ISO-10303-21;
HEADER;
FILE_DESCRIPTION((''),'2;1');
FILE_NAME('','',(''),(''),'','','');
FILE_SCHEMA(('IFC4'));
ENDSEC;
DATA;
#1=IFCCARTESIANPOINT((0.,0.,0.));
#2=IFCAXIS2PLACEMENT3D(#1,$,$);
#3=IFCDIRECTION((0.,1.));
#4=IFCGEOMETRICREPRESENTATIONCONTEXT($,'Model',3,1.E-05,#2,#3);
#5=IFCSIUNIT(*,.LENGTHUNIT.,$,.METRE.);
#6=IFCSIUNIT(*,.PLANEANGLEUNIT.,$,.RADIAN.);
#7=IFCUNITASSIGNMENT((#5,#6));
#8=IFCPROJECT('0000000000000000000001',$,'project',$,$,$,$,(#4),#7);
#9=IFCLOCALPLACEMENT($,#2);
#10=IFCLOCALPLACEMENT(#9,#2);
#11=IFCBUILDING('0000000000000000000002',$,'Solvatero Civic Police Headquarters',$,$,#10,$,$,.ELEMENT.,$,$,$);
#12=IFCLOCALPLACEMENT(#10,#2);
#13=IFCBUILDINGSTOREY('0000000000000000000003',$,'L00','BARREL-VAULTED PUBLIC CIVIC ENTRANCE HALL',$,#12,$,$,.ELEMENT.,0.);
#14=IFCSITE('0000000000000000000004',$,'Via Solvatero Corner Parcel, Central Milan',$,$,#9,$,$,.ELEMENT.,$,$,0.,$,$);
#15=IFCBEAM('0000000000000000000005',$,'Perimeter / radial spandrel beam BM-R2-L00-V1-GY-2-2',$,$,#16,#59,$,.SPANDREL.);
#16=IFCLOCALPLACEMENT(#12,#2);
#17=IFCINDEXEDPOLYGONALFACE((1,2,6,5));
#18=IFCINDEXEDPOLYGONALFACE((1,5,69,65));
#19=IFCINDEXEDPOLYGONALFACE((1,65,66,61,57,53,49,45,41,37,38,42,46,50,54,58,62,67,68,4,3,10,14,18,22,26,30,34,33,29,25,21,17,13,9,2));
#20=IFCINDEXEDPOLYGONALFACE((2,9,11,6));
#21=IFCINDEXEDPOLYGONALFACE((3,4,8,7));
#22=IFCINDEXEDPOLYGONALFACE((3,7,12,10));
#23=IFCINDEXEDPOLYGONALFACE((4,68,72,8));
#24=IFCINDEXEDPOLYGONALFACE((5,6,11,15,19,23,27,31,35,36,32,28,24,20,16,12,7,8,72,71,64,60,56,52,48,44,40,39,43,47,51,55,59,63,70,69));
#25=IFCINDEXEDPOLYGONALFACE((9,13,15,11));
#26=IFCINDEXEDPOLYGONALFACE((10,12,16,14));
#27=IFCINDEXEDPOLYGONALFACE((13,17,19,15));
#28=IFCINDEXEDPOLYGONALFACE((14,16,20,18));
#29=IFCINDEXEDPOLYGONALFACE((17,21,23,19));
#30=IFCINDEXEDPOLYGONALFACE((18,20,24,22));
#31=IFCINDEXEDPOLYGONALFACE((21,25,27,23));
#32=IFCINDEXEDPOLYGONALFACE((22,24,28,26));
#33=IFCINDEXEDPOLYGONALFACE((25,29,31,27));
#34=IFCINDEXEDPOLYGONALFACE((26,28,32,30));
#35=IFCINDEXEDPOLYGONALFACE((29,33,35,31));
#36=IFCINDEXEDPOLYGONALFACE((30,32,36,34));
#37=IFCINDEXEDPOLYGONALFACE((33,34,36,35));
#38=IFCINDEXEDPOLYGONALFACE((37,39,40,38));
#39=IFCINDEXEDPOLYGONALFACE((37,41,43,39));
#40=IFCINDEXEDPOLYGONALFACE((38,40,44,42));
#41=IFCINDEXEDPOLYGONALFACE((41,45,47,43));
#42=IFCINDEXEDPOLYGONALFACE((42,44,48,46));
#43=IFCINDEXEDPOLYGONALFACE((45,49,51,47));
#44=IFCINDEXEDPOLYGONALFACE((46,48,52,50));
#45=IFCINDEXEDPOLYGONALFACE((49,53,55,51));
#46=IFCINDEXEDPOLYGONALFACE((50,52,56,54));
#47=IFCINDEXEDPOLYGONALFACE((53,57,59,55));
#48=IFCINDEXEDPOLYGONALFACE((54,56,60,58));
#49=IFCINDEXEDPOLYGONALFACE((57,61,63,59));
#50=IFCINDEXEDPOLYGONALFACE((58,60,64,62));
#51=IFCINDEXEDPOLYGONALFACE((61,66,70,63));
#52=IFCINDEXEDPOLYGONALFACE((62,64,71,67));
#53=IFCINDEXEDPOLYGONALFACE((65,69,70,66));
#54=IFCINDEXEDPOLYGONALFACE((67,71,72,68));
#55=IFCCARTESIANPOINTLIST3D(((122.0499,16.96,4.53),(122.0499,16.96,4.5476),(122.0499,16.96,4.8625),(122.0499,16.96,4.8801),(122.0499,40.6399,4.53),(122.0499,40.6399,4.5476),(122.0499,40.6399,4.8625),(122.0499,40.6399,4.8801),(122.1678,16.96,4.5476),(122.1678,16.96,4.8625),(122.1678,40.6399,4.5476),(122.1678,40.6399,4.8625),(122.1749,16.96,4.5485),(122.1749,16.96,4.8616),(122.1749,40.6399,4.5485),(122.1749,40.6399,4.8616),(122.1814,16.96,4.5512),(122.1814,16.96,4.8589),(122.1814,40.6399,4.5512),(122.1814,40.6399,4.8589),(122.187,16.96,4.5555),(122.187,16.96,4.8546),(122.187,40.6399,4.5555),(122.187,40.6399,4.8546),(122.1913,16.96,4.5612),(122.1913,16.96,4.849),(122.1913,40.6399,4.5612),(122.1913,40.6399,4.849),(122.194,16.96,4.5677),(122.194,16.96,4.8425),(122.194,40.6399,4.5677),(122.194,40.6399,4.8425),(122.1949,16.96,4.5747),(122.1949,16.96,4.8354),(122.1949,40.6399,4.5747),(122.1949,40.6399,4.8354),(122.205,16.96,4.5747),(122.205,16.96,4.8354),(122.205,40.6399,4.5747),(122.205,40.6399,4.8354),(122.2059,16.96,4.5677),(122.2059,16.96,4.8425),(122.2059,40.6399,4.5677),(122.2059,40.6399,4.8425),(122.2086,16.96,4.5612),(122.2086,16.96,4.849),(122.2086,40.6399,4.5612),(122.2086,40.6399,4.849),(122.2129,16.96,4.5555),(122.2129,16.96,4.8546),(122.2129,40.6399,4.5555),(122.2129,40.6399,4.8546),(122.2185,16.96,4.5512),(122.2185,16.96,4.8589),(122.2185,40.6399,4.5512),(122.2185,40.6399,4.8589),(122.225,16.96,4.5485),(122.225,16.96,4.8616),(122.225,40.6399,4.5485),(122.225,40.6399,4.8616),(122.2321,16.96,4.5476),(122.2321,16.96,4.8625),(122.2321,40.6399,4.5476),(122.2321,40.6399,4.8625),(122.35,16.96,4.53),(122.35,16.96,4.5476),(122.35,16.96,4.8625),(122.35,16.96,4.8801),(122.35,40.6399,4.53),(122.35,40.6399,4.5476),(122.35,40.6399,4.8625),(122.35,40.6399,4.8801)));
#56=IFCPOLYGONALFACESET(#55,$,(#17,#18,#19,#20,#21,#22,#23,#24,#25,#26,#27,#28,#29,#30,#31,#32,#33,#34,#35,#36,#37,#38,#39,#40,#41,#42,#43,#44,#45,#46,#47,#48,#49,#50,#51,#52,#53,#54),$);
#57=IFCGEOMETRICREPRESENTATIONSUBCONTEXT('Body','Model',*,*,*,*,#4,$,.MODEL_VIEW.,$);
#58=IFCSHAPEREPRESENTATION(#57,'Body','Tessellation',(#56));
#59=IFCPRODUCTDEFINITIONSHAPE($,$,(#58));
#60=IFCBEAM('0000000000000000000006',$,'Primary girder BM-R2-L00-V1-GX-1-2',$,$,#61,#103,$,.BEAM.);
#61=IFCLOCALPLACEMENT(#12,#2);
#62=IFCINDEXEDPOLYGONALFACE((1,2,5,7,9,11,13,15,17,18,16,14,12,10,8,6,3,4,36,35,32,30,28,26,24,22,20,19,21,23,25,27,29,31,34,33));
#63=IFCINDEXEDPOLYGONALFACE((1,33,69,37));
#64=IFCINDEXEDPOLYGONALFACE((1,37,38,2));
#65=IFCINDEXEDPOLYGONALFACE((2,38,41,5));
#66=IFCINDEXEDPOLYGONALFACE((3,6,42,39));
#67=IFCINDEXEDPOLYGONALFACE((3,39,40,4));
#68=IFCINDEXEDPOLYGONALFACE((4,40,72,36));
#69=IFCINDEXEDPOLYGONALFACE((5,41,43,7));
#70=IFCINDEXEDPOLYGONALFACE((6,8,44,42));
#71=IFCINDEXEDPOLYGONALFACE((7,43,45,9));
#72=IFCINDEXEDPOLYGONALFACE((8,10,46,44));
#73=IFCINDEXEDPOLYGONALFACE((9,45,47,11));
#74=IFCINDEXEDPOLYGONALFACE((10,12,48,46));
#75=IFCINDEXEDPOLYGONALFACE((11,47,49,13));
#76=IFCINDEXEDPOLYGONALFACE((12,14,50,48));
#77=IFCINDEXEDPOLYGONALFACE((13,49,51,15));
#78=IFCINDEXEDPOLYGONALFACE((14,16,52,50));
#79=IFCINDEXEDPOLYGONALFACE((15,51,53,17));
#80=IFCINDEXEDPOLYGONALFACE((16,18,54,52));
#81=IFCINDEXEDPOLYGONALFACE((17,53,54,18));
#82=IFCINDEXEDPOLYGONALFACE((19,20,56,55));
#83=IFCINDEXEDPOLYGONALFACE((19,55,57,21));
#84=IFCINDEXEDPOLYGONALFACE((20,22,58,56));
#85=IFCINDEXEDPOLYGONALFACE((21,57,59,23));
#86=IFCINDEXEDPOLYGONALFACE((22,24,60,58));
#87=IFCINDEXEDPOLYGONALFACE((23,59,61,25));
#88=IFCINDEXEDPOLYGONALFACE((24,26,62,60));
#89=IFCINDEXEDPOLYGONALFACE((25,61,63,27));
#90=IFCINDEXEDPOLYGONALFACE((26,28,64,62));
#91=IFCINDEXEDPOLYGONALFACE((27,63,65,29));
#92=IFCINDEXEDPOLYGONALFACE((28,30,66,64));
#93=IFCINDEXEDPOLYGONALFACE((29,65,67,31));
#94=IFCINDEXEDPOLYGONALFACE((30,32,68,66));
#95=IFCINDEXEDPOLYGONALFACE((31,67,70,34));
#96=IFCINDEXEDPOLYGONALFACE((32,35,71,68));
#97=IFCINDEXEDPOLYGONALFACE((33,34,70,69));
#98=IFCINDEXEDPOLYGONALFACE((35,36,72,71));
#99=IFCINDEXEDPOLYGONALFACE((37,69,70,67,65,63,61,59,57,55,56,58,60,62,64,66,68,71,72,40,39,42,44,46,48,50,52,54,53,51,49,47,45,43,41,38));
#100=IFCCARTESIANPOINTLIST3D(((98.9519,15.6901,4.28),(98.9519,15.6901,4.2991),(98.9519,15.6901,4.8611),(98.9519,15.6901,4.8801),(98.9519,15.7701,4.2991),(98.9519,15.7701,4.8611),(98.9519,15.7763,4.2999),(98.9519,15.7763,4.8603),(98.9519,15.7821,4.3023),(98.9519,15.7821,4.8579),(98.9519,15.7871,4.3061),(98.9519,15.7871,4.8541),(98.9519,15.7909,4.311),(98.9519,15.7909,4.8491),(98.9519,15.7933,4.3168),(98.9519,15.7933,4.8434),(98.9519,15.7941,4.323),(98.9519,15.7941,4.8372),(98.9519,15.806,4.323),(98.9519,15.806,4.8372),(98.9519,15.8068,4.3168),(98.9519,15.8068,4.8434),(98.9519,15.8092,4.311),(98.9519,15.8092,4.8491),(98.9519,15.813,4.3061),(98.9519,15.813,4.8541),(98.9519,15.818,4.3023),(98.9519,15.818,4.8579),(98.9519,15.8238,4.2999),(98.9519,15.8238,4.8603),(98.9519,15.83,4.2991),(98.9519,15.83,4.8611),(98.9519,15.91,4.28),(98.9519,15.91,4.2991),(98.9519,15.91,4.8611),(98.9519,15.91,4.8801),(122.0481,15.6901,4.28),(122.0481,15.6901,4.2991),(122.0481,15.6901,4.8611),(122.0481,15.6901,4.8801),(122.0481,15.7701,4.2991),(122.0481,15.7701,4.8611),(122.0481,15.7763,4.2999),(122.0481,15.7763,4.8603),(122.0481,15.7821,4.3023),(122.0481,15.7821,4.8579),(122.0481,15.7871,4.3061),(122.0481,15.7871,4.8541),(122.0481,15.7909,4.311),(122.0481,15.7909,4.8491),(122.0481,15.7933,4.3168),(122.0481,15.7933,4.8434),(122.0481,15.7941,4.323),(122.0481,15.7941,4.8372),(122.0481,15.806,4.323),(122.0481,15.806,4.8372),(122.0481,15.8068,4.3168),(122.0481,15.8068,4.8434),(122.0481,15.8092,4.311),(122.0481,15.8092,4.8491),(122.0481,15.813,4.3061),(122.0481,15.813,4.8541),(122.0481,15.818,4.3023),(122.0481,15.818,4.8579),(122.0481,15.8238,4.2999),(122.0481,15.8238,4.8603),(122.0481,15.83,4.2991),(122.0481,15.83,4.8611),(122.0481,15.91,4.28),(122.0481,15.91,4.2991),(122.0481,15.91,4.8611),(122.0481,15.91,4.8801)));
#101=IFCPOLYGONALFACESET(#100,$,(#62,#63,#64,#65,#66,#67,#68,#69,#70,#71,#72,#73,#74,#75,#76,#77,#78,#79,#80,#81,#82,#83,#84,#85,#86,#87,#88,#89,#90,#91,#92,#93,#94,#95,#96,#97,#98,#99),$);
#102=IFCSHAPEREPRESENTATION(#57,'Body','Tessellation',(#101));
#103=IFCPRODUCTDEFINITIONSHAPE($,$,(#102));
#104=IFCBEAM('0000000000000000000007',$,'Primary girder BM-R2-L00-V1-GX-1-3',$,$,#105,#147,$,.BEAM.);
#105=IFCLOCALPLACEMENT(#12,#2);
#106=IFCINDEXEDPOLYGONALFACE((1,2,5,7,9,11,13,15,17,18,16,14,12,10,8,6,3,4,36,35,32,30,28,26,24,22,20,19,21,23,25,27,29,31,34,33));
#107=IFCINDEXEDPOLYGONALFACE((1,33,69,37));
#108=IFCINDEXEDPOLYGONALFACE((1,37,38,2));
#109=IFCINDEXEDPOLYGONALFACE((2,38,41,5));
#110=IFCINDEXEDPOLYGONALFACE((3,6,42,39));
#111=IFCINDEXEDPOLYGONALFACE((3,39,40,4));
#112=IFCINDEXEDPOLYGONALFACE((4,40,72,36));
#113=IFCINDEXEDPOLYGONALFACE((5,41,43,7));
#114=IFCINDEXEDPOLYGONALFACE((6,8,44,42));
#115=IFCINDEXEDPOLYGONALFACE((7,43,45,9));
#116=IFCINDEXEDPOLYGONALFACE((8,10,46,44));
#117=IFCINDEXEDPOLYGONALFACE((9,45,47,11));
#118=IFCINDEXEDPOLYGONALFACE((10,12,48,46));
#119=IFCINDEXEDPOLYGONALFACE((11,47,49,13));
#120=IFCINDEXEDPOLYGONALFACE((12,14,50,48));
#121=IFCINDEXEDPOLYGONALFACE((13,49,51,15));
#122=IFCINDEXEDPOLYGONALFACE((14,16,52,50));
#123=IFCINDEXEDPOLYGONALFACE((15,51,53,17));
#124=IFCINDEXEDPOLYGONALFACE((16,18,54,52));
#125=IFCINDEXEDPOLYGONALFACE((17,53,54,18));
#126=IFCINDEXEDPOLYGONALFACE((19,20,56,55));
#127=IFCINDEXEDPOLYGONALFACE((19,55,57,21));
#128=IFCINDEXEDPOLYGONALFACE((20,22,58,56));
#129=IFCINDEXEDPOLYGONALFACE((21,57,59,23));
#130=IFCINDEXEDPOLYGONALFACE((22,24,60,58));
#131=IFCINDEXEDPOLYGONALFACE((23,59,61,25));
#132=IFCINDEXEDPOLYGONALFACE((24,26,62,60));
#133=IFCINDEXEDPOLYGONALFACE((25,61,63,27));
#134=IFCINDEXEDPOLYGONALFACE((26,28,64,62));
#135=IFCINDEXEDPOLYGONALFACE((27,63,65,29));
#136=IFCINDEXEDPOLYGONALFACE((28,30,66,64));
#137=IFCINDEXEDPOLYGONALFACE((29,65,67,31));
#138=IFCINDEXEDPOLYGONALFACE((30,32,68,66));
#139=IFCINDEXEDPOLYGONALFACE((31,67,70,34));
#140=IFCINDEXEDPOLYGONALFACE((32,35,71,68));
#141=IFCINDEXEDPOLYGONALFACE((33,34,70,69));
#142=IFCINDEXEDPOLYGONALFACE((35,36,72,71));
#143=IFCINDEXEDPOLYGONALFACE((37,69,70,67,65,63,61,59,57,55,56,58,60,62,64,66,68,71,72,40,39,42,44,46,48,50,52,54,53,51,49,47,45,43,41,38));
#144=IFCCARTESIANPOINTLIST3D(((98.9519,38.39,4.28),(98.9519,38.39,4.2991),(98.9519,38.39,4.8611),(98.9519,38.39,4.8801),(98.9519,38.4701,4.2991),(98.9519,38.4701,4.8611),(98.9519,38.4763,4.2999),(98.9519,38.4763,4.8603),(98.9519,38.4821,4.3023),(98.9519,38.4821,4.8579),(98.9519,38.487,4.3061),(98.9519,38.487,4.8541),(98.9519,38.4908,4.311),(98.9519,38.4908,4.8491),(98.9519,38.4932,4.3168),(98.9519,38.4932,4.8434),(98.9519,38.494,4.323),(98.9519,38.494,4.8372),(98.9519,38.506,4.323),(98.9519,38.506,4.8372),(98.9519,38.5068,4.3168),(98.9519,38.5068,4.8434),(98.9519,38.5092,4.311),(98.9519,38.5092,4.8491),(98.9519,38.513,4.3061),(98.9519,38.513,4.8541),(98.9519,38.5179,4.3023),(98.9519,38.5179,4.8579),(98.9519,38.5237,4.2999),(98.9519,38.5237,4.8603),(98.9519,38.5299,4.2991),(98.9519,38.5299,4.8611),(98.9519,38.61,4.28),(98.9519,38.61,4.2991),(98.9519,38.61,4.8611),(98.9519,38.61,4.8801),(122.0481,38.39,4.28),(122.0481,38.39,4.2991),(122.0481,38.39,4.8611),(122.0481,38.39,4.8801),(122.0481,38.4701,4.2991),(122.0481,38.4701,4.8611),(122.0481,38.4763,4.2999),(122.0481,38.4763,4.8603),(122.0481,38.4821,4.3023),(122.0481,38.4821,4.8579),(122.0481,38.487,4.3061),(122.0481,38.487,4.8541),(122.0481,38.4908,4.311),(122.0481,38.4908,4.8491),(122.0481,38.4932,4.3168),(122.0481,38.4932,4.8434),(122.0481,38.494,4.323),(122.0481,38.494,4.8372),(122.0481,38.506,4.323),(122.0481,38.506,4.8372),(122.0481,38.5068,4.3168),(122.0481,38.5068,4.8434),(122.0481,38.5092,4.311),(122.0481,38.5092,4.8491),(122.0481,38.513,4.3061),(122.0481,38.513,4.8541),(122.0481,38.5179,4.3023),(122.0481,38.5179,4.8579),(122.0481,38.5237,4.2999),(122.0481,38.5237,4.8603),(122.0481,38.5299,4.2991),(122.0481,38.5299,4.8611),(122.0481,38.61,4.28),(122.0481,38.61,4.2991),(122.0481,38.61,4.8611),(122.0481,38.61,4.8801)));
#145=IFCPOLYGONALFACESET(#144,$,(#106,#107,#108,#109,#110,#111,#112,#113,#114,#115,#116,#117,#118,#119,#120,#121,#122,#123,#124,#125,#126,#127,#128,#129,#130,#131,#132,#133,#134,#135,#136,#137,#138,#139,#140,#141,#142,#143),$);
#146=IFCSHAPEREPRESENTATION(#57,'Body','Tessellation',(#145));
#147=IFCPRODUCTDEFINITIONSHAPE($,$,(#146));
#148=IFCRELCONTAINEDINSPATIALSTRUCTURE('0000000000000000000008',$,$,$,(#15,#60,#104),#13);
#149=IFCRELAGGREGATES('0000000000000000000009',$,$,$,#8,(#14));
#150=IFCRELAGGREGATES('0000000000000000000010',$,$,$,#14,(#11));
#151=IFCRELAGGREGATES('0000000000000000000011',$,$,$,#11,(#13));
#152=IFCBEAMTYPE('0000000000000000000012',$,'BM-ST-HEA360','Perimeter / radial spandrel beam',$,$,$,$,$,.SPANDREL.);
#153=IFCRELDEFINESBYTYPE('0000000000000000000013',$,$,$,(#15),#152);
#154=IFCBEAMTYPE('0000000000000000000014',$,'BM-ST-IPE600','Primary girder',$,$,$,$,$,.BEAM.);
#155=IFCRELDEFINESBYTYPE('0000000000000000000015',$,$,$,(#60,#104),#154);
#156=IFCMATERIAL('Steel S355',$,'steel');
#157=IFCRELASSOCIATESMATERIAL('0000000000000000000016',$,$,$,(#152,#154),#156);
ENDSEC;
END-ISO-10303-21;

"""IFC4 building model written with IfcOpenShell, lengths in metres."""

from ifc_helpers import new_model, si_unit, direction, frame, origin, origin_2d, place, context, subcontext, project, spatial, i_section, extrude, material, material_profile, profile_set, type_object, element, save


model = new_model("IFC4")

# Units and contexts
model_context = context("Model", 3, precision=1e-05, world=origin(), true_north=direction((0.0, 1.0)))
body_context = subcontext(model_context, "Body", "Model", "MODEL_VIEW")
ifc_project = project(units=[si_unit("LENGTHUNIT", "METRE"), si_unit("PLANEANGLEUNIT", "RADIAN")], contexts=[model_context])

# Site, building, storey
site_placement = place(None, origin())
site = spatial("IfcSite", under=ifc_project, at=site_placement, Name="Via Solvatero Corner Parcel, Central Milan", CompositionType="ELEMENT", RefElevation=0.0)
building_placement = place(site_placement, origin())
building = spatial("IfcBuilding", under=site, at=building_placement, Name="Solvatero Civic Police Headquarters", CompositionType="ELEMENT")
storey_placement = place(building_placement, origin())
storey = spatial("IfcBuildingStorey", under=building, at=storey_placement, Name="L00", Description="BARREL-VAULTED PUBLIC CIVIC ENTRANCE HALL", CompositionType="ELEMENT", Elevation=0.0)

# Beams
ifc_material_1 = material(Name="Steel S355", Category="steel")
ifc_material_profile_1 = material_profile(ifc_material_1, i_section(OverallWidth=0.3, OverallDepth=0.3501, WebThickness=0.01, FlangeThickness=0.0176, FilletRadius=0.0271, at=origin_2d()), Name="HEA 360")
ifc_profile_set_1 = profile_set([ifc_material_profile_1], Name="Steel S355")
beam_type_1 = type_object("IfcBeamType", Name="BM-ST-HEA360", Description="Perimeter / radial spandrel beam", PredefinedType="SPANDREL", material=ifc_profile_set_1)
for number, where, z_axis, x_axis, name in (
    (1, (122.2, 16.96, 4.7051), (0.0, 1.0, 0.0), (-1.0, 0.0, 0.0), "Perimeter / radial spandrel beam BM-R2-L00-V1-GY-2-2"),
):
    element("IfcBeam", number, at=place(storey_placement, frame(where, z_axis=z_axis, x_axis=x_axis)), inside=storey, type_object=beam_type_1, Name=name, PredefinedType="SPANDREL", context=body_context, shape_type="SweptSolid", body=[
        extrude(i_section(OverallWidth=0.3, OverallDepth=0.3501, WebThickness=0.01, FlangeThickness=0.0176, FilletRadius=0.0271, at=origin_2d()), origin(), (0.0, 0.0, 1.0), 23.6799),
    ])
ifc_material_profile_2 = material_profile(ifc_material_1, i_section(OverallWidth=0.22, OverallDepth=0.6001, WebThickness=0.012, FlangeThickness=0.019, FilletRadius=0.0239, at=origin_2d()), Name="IPE 600")
ifc_profile_set_2 = profile_set([ifc_material_profile_2], Name="Steel S355")
beam_type_2 = type_object("IfcBeamType", Name="BM-ST-IPE600", Description="Primary girder", PredefinedType="BEAM", material=ifc_profile_set_2)
for number, where, z_axis, x_axis, name in (
    (2, (98.9519, 15.8, 4.5801), (1.0, 0.0, 0.0), (0.0, 1.0, 0.0), "Primary girder BM-R2-L00-V1-GX-1-2"),
    (3, (98.9519, 38.5, 4.5801), (1.0, 0.0, 0.0), (0.0, 1.0, 0.0), "Primary girder BM-R2-L00-V1-GX-1-3"),
):
    element("IfcBeam", number, at=place(storey_placement, frame(where, z_axis=z_axis, x_axis=x_axis)), inside=storey, type_object=beam_type_2, Name=name, PredefinedType="BEAM", context=body_context, shape_type="SweptSolid", body=[
        extrude(i_section(OverallWidth=0.22, OverallDepth=0.6001, WebThickness=0.012, FlangeThickness=0.019, FilletRadius=0.0239, at=origin_2d()), origin(), (0.0, 0.0, 1.0), 23.0962),
    ])

save(model, "model.ifc")
